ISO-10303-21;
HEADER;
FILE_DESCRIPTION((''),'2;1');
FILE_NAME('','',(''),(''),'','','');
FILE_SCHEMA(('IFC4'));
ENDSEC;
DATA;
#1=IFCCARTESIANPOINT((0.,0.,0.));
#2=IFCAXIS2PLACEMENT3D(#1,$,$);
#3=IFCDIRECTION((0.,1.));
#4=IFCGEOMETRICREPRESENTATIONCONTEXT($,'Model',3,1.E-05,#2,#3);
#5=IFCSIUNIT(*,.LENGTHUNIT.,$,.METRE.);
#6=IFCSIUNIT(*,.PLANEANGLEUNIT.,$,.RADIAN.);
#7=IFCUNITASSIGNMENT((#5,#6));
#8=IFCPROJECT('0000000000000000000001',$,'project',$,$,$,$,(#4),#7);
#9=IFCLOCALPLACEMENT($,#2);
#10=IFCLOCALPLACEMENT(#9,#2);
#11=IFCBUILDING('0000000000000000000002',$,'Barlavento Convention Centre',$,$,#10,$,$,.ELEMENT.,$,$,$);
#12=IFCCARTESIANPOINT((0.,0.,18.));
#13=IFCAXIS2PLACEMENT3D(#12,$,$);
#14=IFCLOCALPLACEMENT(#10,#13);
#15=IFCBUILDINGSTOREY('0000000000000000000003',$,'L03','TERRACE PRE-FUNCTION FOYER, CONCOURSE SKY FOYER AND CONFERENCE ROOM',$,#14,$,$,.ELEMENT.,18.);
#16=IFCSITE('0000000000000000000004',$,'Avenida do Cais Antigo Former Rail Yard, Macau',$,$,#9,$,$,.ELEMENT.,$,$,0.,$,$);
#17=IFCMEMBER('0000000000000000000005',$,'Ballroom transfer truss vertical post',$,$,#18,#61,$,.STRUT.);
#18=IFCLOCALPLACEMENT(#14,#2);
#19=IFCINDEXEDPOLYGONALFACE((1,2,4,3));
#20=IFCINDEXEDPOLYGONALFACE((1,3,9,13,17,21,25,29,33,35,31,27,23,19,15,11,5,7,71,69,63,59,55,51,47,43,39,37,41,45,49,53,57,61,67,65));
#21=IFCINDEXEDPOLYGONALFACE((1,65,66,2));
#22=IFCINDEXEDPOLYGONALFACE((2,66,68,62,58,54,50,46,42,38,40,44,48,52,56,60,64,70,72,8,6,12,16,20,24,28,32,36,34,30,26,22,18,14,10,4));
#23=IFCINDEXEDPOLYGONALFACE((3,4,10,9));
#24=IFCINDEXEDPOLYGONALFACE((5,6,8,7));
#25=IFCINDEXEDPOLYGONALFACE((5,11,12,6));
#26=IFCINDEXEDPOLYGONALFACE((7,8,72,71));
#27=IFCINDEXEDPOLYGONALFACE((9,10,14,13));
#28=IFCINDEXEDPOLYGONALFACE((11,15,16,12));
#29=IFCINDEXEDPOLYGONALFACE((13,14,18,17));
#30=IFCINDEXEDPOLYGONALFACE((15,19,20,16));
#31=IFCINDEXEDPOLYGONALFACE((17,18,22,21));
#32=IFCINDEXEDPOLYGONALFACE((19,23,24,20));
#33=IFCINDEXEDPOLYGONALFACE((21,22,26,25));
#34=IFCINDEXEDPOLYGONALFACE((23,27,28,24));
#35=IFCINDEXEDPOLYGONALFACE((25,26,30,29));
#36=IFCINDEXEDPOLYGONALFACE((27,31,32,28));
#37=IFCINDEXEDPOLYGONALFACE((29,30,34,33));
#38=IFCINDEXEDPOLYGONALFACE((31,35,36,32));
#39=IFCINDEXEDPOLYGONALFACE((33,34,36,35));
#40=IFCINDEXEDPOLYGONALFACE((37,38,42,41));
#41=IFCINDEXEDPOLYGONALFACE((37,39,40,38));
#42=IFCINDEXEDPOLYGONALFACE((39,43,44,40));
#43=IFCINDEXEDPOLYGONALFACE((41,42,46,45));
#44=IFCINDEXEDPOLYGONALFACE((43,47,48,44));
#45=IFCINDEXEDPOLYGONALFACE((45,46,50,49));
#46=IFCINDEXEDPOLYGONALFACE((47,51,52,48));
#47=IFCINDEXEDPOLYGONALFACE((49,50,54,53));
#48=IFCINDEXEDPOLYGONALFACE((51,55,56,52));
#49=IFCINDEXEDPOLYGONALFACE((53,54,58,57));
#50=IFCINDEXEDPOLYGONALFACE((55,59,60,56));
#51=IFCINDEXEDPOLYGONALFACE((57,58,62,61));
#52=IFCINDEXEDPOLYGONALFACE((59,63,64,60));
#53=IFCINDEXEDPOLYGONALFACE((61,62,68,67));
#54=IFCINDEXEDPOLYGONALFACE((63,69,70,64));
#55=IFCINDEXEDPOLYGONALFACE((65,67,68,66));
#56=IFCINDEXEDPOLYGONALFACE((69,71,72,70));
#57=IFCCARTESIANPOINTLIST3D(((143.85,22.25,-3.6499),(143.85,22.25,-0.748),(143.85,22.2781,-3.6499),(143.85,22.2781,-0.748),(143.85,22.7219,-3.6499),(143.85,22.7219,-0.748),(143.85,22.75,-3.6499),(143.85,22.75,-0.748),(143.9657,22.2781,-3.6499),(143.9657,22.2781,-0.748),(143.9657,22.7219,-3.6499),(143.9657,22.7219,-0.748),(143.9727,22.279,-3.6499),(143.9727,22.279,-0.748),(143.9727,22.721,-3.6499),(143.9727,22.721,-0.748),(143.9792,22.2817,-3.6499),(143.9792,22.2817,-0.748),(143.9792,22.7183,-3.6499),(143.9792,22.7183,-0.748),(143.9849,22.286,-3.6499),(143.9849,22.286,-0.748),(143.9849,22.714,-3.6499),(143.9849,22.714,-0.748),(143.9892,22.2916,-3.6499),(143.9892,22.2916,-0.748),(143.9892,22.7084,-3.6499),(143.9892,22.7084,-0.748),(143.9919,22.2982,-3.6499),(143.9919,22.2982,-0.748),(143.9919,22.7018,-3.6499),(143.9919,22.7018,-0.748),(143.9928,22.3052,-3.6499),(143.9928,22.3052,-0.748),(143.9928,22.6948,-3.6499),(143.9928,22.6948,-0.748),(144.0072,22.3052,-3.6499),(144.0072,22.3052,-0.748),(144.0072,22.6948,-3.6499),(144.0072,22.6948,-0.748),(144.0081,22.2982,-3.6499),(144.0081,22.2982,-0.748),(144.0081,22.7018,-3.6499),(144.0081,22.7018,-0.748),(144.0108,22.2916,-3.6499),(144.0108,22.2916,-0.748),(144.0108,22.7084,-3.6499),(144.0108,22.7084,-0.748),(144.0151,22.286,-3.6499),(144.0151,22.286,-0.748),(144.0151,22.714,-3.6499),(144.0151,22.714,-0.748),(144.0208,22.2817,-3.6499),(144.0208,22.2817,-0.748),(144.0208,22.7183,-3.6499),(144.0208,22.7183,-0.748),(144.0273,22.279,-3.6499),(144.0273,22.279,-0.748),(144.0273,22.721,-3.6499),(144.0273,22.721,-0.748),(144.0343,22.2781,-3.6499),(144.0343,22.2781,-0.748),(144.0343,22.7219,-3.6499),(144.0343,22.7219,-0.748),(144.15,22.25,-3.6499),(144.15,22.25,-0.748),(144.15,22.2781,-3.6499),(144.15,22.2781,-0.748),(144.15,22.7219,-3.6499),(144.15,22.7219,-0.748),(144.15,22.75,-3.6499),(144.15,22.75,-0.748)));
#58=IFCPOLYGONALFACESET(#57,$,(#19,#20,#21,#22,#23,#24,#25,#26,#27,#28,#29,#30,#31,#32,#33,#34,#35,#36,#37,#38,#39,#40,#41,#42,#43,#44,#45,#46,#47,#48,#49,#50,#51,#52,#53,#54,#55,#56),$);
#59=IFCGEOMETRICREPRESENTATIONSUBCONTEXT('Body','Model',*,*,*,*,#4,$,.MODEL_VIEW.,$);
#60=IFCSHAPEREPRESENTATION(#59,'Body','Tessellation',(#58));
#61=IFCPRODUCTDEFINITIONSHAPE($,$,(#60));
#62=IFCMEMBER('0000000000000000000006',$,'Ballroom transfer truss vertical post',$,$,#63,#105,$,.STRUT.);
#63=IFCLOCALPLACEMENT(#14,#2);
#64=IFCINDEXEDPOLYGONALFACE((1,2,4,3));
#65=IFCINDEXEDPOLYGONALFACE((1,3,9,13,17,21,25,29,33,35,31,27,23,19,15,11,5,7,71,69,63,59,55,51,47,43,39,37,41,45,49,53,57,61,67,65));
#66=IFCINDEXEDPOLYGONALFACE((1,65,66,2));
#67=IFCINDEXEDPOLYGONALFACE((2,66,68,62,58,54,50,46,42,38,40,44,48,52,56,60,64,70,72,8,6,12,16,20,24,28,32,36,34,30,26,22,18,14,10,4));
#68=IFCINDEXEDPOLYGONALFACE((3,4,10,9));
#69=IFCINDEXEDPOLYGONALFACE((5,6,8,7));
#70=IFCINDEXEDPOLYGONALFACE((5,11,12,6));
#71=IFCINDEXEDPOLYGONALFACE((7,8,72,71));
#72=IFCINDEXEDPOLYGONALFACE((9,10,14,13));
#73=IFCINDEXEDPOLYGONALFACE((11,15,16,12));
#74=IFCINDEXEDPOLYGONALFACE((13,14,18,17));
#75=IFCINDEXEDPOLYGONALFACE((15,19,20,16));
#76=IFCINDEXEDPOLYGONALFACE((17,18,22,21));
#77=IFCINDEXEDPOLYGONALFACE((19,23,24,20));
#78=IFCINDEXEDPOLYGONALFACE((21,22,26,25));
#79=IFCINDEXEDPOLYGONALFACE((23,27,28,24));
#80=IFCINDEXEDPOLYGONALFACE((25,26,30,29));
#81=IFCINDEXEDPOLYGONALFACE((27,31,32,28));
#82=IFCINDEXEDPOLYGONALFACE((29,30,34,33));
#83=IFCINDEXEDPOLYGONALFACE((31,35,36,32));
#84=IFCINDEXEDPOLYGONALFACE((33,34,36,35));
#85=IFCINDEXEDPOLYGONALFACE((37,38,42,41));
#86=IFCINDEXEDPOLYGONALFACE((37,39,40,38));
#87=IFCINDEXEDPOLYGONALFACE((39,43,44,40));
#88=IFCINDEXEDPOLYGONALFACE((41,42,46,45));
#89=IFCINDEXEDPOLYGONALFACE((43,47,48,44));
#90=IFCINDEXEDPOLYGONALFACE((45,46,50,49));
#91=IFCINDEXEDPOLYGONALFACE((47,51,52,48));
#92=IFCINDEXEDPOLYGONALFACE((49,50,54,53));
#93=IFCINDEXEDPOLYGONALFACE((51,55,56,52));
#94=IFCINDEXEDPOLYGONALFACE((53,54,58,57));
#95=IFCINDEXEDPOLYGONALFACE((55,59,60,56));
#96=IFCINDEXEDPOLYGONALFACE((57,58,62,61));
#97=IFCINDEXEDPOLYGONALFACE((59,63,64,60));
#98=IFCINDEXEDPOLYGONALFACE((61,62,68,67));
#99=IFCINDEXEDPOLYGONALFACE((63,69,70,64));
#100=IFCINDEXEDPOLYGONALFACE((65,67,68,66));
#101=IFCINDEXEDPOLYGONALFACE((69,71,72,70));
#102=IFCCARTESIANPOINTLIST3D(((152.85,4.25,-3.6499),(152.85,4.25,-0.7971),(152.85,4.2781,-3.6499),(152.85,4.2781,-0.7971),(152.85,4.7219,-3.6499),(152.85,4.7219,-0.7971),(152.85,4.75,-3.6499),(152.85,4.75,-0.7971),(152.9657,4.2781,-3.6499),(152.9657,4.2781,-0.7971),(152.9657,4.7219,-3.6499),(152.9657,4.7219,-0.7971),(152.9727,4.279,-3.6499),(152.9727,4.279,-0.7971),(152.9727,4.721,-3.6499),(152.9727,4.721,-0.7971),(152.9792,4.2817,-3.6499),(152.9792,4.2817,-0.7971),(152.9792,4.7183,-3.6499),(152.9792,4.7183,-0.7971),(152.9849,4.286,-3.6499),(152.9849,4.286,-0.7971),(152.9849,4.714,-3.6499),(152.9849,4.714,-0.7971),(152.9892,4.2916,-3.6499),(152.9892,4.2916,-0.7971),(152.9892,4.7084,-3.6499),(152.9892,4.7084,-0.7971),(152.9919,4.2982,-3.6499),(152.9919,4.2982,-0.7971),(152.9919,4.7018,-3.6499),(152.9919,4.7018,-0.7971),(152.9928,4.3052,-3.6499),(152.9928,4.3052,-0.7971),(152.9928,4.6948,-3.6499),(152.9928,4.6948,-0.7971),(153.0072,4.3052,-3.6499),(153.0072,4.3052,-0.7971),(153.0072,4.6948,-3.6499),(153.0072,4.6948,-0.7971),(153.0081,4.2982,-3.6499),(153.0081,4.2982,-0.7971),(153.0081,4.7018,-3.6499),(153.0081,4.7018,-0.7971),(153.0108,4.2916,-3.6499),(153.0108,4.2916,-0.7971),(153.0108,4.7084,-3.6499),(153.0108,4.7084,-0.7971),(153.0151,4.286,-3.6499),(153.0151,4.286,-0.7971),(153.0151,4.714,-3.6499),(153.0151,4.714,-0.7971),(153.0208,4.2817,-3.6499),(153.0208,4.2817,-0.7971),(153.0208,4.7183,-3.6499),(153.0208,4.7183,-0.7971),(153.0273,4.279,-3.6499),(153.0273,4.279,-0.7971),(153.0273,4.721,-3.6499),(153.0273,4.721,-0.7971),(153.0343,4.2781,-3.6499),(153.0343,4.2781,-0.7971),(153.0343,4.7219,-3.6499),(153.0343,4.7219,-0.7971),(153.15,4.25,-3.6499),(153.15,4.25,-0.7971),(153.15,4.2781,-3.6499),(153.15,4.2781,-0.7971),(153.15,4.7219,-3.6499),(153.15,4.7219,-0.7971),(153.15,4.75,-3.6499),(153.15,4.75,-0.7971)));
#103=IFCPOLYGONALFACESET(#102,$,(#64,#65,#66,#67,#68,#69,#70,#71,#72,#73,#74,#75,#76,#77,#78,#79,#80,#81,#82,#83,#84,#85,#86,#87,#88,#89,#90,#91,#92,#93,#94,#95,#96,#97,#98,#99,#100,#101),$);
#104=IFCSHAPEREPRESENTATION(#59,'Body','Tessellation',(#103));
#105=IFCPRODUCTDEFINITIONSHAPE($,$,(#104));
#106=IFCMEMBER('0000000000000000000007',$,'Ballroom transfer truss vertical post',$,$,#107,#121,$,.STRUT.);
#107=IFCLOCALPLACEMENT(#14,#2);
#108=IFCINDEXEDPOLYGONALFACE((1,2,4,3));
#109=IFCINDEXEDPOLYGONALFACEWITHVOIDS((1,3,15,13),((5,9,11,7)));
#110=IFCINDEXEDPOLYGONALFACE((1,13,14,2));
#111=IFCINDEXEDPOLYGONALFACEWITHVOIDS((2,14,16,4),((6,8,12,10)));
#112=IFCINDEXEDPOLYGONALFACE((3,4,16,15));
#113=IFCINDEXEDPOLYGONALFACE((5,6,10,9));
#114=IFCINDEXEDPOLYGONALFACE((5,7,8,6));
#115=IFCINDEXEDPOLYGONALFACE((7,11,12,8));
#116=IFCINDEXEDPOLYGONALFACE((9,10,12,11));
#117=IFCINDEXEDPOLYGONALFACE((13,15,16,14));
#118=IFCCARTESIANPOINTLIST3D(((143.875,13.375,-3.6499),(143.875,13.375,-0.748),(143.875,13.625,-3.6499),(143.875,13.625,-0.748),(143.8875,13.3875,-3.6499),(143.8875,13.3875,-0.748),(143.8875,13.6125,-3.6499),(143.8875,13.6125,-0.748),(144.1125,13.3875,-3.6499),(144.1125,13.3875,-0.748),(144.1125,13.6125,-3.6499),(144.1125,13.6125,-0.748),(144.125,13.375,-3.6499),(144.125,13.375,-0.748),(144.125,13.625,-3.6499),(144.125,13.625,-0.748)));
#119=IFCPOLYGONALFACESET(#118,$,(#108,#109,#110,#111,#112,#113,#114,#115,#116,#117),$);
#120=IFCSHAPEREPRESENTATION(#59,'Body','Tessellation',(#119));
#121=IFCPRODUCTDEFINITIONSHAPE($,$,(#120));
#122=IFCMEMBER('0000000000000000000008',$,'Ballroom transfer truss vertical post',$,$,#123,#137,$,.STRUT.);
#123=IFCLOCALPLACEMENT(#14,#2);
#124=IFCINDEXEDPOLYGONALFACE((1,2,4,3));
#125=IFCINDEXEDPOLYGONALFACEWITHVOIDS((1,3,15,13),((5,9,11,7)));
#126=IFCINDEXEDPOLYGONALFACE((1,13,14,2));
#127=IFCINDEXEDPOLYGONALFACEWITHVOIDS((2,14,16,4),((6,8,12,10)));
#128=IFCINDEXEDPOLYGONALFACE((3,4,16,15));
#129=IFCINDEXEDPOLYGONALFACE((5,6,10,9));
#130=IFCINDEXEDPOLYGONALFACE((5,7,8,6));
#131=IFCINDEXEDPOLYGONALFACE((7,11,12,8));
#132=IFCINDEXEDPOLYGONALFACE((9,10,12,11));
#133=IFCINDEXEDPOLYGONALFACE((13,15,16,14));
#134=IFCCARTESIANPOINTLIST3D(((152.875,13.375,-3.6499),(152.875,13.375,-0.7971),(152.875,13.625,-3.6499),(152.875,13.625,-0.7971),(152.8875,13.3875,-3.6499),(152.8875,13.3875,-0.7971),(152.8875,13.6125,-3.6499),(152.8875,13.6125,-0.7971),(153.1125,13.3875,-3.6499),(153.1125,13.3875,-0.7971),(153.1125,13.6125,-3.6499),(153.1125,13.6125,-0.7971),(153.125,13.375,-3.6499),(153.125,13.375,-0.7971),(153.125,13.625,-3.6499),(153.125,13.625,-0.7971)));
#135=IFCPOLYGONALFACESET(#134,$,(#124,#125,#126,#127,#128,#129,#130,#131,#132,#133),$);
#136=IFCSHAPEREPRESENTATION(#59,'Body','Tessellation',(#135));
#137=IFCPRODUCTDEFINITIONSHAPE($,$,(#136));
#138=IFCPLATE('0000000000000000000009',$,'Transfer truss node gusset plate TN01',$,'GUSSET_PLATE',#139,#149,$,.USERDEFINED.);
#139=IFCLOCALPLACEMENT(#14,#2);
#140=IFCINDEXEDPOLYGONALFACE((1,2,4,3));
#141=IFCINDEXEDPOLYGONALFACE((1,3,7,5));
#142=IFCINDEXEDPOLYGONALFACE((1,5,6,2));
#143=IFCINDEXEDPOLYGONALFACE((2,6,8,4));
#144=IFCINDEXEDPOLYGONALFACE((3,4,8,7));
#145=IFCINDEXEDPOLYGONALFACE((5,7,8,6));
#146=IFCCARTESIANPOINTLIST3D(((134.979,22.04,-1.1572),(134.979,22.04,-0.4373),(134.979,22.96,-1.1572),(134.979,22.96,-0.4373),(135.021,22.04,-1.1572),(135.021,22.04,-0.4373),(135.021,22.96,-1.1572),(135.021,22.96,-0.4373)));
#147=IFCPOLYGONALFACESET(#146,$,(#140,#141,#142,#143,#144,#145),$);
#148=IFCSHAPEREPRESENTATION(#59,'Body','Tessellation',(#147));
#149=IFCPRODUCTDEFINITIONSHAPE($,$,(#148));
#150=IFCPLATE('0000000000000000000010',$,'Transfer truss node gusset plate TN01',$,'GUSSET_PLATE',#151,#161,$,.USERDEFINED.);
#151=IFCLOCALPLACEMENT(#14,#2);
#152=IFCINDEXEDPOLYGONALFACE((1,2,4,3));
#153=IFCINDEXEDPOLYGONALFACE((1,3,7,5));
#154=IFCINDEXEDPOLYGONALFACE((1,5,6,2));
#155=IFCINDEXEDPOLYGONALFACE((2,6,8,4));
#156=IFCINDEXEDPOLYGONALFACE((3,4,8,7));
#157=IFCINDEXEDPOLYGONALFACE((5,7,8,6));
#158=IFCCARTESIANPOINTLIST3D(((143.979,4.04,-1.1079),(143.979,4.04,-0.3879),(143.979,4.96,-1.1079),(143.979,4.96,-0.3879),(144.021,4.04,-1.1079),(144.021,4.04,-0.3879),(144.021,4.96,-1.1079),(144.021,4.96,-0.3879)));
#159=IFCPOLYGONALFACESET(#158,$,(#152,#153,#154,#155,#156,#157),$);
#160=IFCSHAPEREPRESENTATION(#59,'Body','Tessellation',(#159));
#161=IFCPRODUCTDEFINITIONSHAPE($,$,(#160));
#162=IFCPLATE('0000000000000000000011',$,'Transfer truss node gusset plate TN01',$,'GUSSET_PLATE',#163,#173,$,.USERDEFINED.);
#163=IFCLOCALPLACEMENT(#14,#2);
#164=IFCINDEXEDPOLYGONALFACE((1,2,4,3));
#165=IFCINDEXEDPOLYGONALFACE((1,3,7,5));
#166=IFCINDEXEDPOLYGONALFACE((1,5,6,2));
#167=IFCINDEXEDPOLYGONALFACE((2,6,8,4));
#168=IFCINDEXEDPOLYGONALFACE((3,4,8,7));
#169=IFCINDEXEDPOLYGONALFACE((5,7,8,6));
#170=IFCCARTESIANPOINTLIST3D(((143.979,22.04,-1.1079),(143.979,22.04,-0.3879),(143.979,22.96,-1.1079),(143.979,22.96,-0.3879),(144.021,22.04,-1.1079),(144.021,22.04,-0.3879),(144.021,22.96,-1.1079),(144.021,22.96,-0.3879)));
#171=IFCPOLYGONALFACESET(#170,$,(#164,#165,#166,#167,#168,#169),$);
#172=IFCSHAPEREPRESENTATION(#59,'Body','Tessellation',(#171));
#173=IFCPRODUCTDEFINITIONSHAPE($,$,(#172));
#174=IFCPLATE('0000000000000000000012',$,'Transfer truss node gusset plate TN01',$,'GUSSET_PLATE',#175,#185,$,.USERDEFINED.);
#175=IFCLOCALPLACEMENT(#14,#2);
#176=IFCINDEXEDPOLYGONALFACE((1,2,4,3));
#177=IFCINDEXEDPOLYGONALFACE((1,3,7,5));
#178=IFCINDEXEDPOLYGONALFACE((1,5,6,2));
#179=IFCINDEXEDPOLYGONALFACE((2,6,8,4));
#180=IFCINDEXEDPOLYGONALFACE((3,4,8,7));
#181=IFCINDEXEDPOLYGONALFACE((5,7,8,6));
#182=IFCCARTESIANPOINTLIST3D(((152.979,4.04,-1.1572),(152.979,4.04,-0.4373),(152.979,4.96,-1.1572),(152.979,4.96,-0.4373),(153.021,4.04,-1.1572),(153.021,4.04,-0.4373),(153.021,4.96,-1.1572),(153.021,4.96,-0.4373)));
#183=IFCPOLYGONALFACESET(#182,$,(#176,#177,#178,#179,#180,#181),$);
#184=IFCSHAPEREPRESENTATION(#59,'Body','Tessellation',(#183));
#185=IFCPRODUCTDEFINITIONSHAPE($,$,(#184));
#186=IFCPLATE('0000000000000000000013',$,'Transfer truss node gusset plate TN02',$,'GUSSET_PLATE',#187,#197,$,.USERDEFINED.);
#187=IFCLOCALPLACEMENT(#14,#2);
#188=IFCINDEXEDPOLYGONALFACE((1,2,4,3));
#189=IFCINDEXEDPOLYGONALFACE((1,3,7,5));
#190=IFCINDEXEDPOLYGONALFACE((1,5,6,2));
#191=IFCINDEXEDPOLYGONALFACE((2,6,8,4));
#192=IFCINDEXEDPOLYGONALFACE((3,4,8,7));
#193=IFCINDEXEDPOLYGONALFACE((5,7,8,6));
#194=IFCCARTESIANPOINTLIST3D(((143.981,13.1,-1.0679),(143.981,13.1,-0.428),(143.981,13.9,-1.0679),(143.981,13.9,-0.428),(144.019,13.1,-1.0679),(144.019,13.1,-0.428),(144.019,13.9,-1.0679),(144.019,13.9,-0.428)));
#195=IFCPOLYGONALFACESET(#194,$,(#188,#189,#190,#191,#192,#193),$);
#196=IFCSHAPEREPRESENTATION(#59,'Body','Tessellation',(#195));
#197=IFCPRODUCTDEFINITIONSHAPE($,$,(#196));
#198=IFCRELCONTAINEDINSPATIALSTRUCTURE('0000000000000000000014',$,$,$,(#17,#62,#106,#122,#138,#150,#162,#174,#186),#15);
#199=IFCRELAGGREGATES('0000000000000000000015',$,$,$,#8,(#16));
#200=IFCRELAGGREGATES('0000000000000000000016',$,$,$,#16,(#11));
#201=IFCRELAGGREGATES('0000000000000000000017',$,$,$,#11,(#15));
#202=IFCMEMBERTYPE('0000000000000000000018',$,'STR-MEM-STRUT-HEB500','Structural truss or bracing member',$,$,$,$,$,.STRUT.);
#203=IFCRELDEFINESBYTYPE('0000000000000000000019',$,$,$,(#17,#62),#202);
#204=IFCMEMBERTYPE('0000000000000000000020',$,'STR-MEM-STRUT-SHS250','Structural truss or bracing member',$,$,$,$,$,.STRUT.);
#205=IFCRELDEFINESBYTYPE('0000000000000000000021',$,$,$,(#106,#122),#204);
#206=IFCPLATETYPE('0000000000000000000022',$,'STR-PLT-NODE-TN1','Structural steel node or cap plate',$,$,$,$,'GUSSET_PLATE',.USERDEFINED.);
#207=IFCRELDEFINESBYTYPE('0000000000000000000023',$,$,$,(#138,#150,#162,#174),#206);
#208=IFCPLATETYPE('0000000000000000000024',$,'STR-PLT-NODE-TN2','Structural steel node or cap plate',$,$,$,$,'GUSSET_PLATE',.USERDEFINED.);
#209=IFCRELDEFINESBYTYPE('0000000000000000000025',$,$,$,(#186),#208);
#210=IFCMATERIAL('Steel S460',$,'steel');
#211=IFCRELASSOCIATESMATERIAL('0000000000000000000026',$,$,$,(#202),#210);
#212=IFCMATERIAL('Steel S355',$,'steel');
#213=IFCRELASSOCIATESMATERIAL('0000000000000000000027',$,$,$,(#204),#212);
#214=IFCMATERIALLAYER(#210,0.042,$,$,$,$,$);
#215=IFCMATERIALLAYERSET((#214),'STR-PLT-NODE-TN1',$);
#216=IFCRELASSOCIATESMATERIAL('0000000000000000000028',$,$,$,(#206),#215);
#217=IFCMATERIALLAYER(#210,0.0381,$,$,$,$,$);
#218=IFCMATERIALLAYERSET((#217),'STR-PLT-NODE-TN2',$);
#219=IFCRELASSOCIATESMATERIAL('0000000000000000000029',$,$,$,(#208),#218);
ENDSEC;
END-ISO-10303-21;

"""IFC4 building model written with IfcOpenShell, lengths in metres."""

from ifc_helpers import new_model, si_unit, direction, frame, origin, origin_2d, place, context, subcontext, project, spatial, rectangle, hollow_rectangle, i_section, extrude, material, layer, layer_set, material_profile, profile_set, type_object, element, save


model = new_model("IFC4")

# Units and contexts
model_context = context("Model", 3, precision=1e-05, world=origin(), true_north=direction((0.0, 1.0)))
body_context = subcontext(model_context, "Body", "Model", "MODEL_VIEW")
ifc_project = project(units=[si_unit("LENGTHUNIT", "METRE"), si_unit("PLANEANGLEUNIT", "RADIAN")], contexts=[model_context])

# Site, building, storey
site_placement = place(None, origin())
site = spatial("IfcSite", under=ifc_project, at=site_placement, Name="Avenida do Cais Antigo Former Rail Yard, Macau", CompositionType="ELEMENT", RefElevation=0.0)
building_placement = place(site_placement, origin())
building = spatial("IfcBuilding", under=site, at=building_placement, Name="Barlavento Convention Centre", CompositionType="ELEMENT")
storey_placement = place(building_placement, frame((0.0, 0.0, 18.0)))
storey = spatial("IfcBuildingStorey", under=building, at=storey_placement, Name="L03", Description="TERRACE PRE-FUNCTION FOYER, CONCOURSE SKY FOYER AND CONFERENCE ROOM", CompositionType="ELEMENT", Elevation=18.0)

# Shared definitions
ifc_material_1 = material(Name="Steel S355", Category="steel")
ifc_material_2 = material(Name="Steel S460", Category="steel")

# Members
ifc_material_profile_1 = material_profile(ifc_material_2, i_section(OverallWidth=0.3, OverallDepth=0.5, WebThickness=0.0144, FlangeThickness=0.0281, FilletRadius=0.0271, at=origin_2d()), Name="HEB 500")
ifc_profile_set_1 = profile_set([ifc_material_profile_1], Name="Steel S460")
member_type_1 = type_object("IfcMemberType", Name="STR-MEM-STRUT-HEB500", Description="Structural truss or bracing member", PredefinedType="STRUT", material=ifc_profile_set_1)
for number, where, z_axis, x_axis, name in (
    (1, (144.0, 22.5, -3.6499), (0.0, 0.0, 1.0), (1.0, 0.0, 0.0), "Ballroom transfer truss vertical post"),
):
    element("IfcMember", number, at=place(storey_placement, frame(where, z_axis=z_axis, x_axis=x_axis)), inside=storey, type_object=member_type_1, Name=name, PredefinedType="STRUT", context=body_context, shape_type="SweptSolid", body=[
        extrude(i_section(OverallWidth=0.3, OverallDepth=0.5, WebThickness=0.0144, FlangeThickness=0.0281, FilletRadius=0.0271, at=origin_2d()), origin(), (0.0, 0.0, 1.0), 2.9019),
    ])
member_1_placement = place(storey_placement, frame((153.0, 4.5, -3.6499), z_axis=(0.0, 0.0, 1.0), x_axis=(1.0, 0.0, 0.0)))
element("IfcMember", 2, at=member_1_placement, inside=storey, type_object=member_type_1, Name="Ballroom transfer truss vertical post", PredefinedType="STRUT", context=body_context, shape_type="SweptSolid", body=[
    extrude(i_section(OverallWidth=0.3, OverallDepth=0.5, WebThickness=0.0144, FlangeThickness=0.0281, FilletRadius=0.0271, at=origin_2d()), origin(), (0.0, 0.0, 1.0), 2.8528),
])
ifc_material_profile_2 = material_profile(ifc_material_1, hollow_rectangle(XDim=0.25, YDim=0.25, WallThickness=0.0125, at=origin_2d()), Name="SHS 250x250x12.5")
ifc_profile_set_2 = profile_set([ifc_material_profile_2], Name="Steel S355")
member_type_2 = type_object("IfcMemberType", Name="STR-MEM-STRUT-SHS250", Description="Structural truss or bracing member", PredefinedType="STRUT", material=ifc_profile_set_2)
member_2_placement = place(storey_placement, frame((144.0, 13.5, -3.6499), z_axis=(0.0, 0.0, 1.0), x_axis=(1.0, 0.0, 0.0)))
element("IfcMember", 3, at=member_2_placement, inside=storey, type_object=member_type_2, Name="Ballroom transfer truss vertical post", PredefinedType="STRUT", context=body_context, shape_type="SweptSolid", body=[
    extrude(hollow_rectangle(XDim=0.25, YDim=0.25, WallThickness=0.0125, at=origin_2d()), origin(), (0.0, 0.0, 1.0), 2.9019),
])
member_3_placement = place(storey_placement, frame((153.0, 13.5, -3.6499), z_axis=(0.0, 0.0, 1.0), x_axis=(1.0, 0.0, 0.0)))
element("IfcMember", 4, at=member_3_placement, inside=storey, type_object=member_type_2, Name="Ballroom transfer truss vertical post", PredefinedType="STRUT", context=body_context, shape_type="SweptSolid", body=[
    extrude(hollow_rectangle(XDim=0.25, YDim=0.25, WallThickness=0.0125, at=origin_2d()), origin(), (0.0, 0.0, 1.0), 2.8528),
])

# Plates
ifc_layer_1 = layer(ifc_material_2, 0.042)
ifc_layer_set_1 = layer_set([ifc_layer_1], Name="STR-PLT-NODE-TN1")
plate_type_1 = type_object("IfcPlateType", Name="STR-PLT-NODE-TN1", Description="Structural steel node or cap plate", ElementType="GUSSET_PLATE", PredefinedType="USERDEFINED", material=ifc_layer_set_1)
for number, where, z_axis, x_axis, name in (
    (5, (135.0, 22.5, -1.1572), (0.0, 0.0, 1.0), (1.0, 0.0, 0.0), "Transfer truss node gusset plate TN01"),
    (6, (144.0, 4.5, -1.1079), (0.0, 0.0, 1.0), (1.0, 0.0, 0.0), "Transfer truss node gusset plate TN01"),
    (7, (144.0, 22.5, -1.1079), (0.0, 0.0, 1.0), (1.0, 0.0, 0.0), "Transfer truss node gusset plate TN01"),
    (8, (153.0, 4.5, -1.1572), (0.0, 0.0, 1.0), (1.0, 0.0, 0.0), "Transfer truss node gusset plate TN01"),
):
    element("IfcPlate", number, at=place(storey_placement, frame(where, z_axis=z_axis, x_axis=x_axis)), inside=storey, type_object=plate_type_1, Name=name, ObjectType="GUSSET_PLATE", PredefinedType="USERDEFINED", context=body_context, shape_type="SweptSolid", body=[
        extrude(rectangle(XDim=0.042, YDim=0.9199, at=origin_2d()), origin(), (0.0, 0.0, 1.0), 0.72),
    ])
ifc_layer_2 = layer(ifc_material_2, 0.0381)
ifc_layer_set_2 = layer_set([ifc_layer_2], Name="STR-PLT-NODE-TN2")
plate_type_2 = type_object("IfcPlateType", Name="STR-PLT-NODE-TN2", Description="Structural steel node or cap plate", ElementType="GUSSET_PLATE", PredefinedType="USERDEFINED", material=ifc_layer_set_2)
plate_placement = place(storey_placement, frame((144.0, 13.5, -1.0679), z_axis=(0.0, 0.0, 1.0), x_axis=(1.0, 0.0, 0.0)))
element("IfcPlate", 9, at=plate_placement, inside=storey, type_object=plate_type_2, Name="Transfer truss node gusset plate TN02", ObjectType="GUSSET_PLATE", PredefinedType="USERDEFINED", context=body_context, shape_type="SweptSolid", body=[
    extrude(rectangle(XDim=0.0381, YDim=0.8, at=origin_2d()), origin(), (0.0, 0.0, 1.0), 0.6399),
])

save(model, "model.ifc")
